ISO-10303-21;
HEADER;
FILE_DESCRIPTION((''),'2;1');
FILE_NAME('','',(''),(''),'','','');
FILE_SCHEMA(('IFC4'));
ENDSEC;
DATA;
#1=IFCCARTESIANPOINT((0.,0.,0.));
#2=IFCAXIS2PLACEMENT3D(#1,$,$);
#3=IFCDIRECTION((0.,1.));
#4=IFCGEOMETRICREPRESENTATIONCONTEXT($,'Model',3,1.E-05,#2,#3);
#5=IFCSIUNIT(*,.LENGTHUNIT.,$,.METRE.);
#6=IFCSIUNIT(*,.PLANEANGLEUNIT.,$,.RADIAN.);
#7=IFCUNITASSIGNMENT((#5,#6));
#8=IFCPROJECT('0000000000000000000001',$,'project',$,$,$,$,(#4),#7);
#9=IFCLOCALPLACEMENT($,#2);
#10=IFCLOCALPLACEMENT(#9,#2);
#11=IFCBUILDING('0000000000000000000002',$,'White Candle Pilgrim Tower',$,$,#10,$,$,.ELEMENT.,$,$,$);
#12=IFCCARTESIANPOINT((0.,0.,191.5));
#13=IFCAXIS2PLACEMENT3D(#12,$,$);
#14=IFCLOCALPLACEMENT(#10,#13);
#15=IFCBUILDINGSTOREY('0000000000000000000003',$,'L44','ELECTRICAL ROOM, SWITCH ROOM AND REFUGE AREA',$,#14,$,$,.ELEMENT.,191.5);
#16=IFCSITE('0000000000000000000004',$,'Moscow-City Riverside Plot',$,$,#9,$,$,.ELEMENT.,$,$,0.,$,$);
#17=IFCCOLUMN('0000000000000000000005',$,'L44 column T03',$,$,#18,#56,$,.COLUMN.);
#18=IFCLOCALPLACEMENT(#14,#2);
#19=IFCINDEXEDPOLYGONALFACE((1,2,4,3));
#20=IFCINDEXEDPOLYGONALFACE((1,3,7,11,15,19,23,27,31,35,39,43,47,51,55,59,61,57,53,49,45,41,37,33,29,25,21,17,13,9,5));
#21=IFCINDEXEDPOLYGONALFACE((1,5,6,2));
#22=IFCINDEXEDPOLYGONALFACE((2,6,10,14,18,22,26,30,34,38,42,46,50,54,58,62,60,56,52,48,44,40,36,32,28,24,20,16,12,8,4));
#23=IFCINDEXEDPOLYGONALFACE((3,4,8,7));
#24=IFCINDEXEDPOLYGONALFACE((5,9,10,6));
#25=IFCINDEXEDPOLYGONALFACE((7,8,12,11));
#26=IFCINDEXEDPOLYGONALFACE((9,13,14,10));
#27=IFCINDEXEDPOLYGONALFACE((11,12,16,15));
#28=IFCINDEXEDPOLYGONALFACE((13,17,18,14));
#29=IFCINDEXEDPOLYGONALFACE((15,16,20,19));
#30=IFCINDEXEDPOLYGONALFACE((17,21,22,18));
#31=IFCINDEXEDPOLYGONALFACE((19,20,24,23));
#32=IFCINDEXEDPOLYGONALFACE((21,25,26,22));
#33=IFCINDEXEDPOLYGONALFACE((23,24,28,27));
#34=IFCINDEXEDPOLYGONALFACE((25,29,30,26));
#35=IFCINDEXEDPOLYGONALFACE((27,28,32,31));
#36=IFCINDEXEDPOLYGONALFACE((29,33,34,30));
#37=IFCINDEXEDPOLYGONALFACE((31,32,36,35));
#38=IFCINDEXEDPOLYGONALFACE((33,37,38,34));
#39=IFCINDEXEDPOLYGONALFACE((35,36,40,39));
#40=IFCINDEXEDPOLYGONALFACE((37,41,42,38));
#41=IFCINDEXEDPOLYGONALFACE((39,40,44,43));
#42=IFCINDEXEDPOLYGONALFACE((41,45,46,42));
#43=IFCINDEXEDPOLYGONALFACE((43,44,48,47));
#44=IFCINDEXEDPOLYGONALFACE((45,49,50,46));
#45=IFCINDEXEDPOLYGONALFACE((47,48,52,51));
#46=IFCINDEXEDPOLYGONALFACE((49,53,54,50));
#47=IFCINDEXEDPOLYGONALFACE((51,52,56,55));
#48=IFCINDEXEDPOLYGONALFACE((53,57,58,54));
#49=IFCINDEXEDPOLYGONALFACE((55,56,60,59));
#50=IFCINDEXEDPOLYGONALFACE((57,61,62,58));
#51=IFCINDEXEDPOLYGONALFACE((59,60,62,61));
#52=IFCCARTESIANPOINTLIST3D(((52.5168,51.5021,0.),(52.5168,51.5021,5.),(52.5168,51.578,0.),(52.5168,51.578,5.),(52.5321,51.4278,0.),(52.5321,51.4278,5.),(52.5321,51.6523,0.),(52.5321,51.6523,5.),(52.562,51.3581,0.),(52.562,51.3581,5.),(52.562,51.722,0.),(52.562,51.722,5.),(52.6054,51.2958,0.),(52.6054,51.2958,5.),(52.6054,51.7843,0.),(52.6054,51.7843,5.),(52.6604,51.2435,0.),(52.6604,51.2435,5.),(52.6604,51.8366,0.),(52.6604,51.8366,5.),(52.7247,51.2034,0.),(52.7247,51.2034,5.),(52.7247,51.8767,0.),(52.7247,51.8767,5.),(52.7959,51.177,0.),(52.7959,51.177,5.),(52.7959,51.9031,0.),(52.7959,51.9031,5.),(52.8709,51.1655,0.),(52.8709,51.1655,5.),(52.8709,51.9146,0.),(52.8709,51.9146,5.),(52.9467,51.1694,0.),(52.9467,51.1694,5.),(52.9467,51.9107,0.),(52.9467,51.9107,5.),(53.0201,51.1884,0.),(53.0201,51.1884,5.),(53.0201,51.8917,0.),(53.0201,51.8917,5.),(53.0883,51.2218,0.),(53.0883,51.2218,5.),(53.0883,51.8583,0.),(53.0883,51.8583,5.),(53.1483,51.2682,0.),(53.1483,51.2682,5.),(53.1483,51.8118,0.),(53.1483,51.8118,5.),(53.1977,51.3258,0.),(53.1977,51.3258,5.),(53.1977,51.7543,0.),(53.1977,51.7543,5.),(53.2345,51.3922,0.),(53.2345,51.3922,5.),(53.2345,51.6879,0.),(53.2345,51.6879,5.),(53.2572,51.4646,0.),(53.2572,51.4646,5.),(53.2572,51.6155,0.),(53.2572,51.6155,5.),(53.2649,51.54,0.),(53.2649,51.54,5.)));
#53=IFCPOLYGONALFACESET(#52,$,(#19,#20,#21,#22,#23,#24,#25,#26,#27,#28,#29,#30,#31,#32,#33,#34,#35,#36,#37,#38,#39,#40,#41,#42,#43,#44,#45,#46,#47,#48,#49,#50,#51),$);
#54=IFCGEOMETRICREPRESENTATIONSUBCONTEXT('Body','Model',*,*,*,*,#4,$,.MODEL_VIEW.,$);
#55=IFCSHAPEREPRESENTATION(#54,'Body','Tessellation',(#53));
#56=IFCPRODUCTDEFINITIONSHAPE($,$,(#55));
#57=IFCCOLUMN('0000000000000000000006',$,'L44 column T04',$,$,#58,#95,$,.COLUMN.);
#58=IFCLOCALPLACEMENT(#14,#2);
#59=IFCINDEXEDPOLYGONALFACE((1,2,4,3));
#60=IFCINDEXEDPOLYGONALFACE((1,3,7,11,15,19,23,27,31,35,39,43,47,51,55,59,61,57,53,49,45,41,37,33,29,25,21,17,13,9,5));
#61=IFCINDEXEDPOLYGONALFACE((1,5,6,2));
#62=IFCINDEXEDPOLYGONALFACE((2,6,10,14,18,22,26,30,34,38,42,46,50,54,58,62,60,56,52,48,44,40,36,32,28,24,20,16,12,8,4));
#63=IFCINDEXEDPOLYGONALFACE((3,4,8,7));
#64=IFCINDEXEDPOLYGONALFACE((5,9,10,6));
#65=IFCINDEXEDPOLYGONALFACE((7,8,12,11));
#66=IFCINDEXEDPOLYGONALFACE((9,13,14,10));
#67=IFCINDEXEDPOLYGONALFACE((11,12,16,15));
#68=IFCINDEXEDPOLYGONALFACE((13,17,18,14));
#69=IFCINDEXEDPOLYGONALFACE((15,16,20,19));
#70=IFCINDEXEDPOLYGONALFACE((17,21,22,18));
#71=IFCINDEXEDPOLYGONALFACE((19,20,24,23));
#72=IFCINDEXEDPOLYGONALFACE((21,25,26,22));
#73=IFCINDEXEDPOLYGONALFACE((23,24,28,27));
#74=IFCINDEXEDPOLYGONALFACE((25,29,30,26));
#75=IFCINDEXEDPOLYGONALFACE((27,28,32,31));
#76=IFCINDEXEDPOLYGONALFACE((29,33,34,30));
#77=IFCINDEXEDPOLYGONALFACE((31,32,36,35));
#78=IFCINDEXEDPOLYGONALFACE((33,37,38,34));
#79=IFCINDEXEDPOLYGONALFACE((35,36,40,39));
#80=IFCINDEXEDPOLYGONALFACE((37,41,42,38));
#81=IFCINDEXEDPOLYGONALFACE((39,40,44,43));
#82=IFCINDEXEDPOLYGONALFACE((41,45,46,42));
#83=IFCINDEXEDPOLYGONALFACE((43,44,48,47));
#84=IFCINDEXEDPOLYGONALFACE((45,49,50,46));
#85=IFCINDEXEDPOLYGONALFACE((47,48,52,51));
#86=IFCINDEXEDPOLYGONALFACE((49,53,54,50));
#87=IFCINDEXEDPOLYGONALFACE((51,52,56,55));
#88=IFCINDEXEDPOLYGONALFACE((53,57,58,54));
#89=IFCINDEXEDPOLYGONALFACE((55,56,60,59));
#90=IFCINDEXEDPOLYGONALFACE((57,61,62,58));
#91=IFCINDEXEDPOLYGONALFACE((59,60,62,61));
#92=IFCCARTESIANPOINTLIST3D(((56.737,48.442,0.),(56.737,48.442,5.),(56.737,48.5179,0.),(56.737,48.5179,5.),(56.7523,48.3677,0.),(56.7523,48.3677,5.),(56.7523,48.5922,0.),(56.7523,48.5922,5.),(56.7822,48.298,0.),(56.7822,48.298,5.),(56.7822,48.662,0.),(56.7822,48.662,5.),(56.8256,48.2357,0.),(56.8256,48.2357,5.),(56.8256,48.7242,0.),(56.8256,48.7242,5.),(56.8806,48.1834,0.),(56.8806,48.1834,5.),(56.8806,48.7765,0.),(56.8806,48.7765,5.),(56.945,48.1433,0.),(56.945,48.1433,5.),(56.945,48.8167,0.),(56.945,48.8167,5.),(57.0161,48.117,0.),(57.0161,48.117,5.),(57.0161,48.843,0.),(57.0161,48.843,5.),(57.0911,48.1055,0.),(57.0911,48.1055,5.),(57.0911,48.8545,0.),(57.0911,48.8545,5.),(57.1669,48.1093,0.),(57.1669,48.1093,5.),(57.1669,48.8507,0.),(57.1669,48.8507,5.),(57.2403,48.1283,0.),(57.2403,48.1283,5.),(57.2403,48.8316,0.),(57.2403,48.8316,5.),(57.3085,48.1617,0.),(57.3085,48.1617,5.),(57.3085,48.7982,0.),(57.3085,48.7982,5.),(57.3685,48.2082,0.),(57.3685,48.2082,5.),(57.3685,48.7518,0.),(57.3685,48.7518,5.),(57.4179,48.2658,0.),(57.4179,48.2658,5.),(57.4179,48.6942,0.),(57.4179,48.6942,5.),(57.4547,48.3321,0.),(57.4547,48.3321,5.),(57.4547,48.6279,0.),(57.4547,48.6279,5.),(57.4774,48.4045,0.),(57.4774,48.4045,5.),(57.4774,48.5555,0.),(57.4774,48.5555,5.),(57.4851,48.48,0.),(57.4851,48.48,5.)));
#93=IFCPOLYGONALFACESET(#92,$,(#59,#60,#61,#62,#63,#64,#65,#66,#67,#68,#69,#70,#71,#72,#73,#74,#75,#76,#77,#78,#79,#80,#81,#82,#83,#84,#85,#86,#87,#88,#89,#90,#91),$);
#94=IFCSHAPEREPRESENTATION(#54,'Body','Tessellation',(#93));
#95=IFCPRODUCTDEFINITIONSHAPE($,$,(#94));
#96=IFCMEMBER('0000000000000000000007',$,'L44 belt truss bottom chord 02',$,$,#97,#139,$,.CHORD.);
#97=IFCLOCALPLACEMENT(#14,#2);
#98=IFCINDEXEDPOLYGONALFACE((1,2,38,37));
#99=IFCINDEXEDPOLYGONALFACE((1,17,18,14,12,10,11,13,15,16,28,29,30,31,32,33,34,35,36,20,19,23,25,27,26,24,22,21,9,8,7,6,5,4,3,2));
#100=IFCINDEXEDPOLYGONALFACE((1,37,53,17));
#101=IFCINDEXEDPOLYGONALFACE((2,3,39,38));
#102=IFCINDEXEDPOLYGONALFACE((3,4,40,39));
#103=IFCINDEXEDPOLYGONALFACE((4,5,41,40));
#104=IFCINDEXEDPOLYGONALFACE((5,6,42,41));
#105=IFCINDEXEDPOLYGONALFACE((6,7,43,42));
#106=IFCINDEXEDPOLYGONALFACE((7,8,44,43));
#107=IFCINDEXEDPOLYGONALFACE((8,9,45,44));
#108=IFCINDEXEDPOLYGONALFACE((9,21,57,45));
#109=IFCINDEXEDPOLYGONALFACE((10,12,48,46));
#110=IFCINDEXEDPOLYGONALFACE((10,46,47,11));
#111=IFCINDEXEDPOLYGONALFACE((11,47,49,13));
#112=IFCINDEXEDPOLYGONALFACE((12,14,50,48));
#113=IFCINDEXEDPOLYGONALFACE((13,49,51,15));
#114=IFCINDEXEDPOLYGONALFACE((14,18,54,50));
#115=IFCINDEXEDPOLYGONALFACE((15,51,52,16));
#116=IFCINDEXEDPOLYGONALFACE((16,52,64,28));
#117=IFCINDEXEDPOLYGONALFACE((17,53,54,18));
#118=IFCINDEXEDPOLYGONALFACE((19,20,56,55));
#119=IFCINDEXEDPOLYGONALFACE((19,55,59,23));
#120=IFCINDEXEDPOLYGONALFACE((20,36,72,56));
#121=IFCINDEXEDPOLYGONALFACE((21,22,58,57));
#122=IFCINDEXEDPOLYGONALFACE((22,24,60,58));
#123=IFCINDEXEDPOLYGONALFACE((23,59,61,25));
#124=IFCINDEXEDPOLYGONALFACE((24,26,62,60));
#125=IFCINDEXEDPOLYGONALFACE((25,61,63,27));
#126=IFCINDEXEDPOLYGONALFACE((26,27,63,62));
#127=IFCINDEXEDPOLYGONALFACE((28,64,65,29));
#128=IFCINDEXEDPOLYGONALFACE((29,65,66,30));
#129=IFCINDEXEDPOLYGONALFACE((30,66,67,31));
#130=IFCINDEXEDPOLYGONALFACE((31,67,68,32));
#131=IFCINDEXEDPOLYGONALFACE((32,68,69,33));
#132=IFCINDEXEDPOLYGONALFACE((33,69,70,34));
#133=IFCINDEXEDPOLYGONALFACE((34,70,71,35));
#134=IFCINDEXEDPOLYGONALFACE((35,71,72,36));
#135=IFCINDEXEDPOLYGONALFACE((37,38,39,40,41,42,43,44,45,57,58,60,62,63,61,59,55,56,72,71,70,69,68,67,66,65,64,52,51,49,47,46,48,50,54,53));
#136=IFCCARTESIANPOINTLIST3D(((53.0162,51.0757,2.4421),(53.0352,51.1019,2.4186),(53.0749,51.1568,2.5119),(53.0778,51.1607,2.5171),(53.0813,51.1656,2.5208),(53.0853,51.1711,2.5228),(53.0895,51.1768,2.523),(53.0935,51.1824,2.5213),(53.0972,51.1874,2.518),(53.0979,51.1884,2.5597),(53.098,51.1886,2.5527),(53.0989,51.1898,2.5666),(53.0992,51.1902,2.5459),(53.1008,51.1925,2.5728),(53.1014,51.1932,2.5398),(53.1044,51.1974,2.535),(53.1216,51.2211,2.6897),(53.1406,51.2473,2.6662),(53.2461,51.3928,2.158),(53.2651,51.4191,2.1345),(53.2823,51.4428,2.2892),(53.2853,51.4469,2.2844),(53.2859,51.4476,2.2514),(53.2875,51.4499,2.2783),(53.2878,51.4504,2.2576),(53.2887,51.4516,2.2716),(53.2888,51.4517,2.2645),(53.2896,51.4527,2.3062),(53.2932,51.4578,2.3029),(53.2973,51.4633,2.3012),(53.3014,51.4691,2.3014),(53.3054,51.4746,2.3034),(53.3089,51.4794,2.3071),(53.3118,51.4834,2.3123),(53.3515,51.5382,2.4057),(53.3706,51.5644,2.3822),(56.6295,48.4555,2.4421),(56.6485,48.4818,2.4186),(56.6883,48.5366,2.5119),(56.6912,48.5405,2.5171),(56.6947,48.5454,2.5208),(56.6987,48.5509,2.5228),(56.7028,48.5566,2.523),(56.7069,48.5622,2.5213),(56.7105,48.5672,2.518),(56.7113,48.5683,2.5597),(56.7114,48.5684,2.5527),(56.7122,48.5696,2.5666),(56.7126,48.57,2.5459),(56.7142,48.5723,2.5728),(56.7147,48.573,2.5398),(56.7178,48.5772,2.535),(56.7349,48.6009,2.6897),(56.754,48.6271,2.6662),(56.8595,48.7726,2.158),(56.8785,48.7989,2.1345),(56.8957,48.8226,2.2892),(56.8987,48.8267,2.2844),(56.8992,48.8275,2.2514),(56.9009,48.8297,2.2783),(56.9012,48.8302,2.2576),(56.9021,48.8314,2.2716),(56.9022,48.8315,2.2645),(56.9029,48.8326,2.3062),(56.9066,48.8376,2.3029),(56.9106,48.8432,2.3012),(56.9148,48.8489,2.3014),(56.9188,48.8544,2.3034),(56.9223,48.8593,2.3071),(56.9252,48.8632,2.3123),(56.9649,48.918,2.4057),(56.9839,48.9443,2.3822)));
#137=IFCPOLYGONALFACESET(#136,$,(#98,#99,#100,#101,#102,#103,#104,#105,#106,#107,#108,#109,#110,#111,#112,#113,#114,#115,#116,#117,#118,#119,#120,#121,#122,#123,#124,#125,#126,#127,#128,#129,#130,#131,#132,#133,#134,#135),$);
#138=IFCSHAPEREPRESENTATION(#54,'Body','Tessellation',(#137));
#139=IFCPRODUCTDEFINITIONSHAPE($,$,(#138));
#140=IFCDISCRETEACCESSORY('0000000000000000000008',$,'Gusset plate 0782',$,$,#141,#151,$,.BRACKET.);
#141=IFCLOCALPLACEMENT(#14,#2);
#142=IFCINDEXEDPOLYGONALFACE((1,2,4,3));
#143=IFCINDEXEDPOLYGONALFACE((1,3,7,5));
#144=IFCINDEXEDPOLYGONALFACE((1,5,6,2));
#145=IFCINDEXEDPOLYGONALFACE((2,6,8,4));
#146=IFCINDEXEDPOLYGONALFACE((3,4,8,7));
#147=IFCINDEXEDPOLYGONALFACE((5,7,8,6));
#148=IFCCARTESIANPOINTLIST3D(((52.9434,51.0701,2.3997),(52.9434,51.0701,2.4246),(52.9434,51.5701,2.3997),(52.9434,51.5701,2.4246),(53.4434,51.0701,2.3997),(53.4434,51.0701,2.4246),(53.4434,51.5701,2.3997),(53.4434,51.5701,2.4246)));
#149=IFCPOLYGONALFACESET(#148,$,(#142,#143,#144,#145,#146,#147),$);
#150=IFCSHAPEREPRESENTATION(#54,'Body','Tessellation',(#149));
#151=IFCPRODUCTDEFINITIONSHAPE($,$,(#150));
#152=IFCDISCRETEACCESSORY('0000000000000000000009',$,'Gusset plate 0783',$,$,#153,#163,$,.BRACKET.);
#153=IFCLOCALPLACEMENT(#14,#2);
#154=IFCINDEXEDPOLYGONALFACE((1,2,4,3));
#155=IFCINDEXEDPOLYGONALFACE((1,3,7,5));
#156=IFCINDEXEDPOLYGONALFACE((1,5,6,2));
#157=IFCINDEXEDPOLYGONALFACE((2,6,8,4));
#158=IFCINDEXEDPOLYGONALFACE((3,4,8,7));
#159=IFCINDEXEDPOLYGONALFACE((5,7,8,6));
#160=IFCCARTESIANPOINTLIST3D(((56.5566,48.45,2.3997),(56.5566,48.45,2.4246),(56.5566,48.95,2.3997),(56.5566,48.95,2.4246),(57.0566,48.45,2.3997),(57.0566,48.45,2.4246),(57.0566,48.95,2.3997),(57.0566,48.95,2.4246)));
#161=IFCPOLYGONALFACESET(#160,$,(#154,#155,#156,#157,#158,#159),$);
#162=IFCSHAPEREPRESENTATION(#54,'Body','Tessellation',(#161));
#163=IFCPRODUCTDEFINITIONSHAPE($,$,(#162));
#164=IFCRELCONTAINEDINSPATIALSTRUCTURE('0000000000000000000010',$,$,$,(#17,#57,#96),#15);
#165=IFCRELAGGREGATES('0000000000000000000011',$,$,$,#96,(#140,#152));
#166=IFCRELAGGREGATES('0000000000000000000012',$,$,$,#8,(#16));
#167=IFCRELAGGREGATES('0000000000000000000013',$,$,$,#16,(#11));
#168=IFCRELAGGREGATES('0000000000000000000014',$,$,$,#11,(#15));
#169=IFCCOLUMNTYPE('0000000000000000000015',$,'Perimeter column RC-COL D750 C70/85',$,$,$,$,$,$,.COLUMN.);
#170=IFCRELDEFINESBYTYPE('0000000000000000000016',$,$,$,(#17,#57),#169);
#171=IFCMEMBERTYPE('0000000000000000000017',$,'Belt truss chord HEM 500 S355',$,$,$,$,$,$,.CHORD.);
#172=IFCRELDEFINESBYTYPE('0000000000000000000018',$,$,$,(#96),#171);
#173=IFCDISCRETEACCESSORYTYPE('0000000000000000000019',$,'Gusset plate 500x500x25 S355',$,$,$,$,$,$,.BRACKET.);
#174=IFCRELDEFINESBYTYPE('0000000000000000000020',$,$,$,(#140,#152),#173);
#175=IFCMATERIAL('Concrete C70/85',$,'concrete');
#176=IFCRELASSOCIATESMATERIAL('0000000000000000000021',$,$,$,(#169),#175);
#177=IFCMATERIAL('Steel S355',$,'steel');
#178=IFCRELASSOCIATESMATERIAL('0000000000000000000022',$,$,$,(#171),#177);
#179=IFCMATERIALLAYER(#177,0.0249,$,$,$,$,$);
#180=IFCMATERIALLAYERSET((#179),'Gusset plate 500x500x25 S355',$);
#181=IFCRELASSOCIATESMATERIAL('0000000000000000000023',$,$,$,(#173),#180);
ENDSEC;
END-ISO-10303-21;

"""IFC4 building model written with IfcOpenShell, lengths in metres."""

from ifc_helpers import new_model, si_unit, direction, frame, origin, origin_2d, place, context, subcontext, project, spatial, rectangle, circle, i_section, extrude, material, layer, layer_set, material_profile, profile_set, type_object, element, aggregate, save


model = new_model("IFC4")

# Units and contexts
model_context = context("Model", 3, precision=1e-05, world=origin(), true_north=direction((0.0, 1.0)))
body_context = subcontext(model_context, "Body", "Model", "MODEL_VIEW")
ifc_project = project(units=[si_unit("LENGTHUNIT", "METRE"), si_unit("PLANEANGLEUNIT", "RADIAN")], contexts=[model_context])

# Site, building, storey
site_placement = place(None, origin())
site = spatial("IfcSite", under=ifc_project, at=site_placement, Name="Moscow-City Riverside Plot", CompositionType="ELEMENT", RefElevation=0.0)
building_placement = place(site_placement, origin())
building = spatial("IfcBuilding", under=site, at=building_placement, Name="White Candle Pilgrim Tower", CompositionType="ELEMENT")
storey_placement = place(building_placement, frame((0.0, 0.0, 191.5)))
storey = spatial("IfcBuildingStorey", under=building, at=storey_placement, Name="L44", Description="ELECTRICAL ROOM, SWITCH ROOM AND REFUGE AREA", CompositionType="ELEMENT", Elevation=191.5)

# Columns
ifc_material_1 = material(Name="Concrete C70/85", Category="concrete")
ifc_material_profile_1 = material_profile(ifc_material_1, circle(Radius=0.375, at=origin_2d()), Name="RC-COL D750")
ifc_profile_set_1 = profile_set([ifc_material_profile_1], Name="Concrete C70/85")
column_type = type_object("IfcColumnType", Name="Perimeter column RC-COL D750 C70/85", PredefinedType="COLUMN", material=ifc_profile_set_1)
for number, where, z_axis, x_axis, name in (
    (1, (52.8899, 51.54, 0.0), (0.0, 0.0, 1.0), (1.0, 0.0, 0.0), "L44 column T03"),
    (2, (57.1101, 48.48, 0.0), (0.0, 0.0, 1.0), (1.0, 0.0, 0.0), "L44 column T04"),
):
    element("IfcColumn", number, at=place(storey_placement, frame(where, z_axis=z_axis, x_axis=x_axis)), inside=storey, type_object=column_type, Name=name, PredefinedType="COLUMN", context=body_context, shape_type="SweptSolid", body=[
        extrude(circle(Radius=0.375, at=origin_2d()), origin(), (0.0, 0.0, 1.0), 5.0),
    ])

# Member
ifc_material_2 = material(Name="Steel S355", Category="steel")
ifc_material_profile_2 = material_profile(ifc_material_2, i_section(OverallWidth=0.3059, OverallDepth=0.5239, WebThickness=0.021, FlangeThickness=0.04, FilletRadius=0.0271, at=origin_2d()), Name="HEM 500")
ifc_profile_set_2 = profile_set([ifc_material_profile_2], Name="Steel S355")
member_type_1 = type_object("IfcMemberType", Name="Belt truss chord HEM 500 S355", PredefinedType="CHORD", material=ifc_profile_set_2)
member_1_placement = place(storey_placement, frame((53.1934, 51.3201, 2.4121), z_axis=(0.809558, -0.587039, 0.0), x_axis=(0.34461, 0.475236, 0.809565)))
member_1 = element("IfcMember", 3, at=member_1_placement, inside=storey, type_object=member_type_1, Name="L44 belt truss bottom chord 02", PredefinedType="CHORD", context=body_context, shape_type="SweptSolid", body=[
    extrude(i_section(OverallWidth=0.3059, OverallDepth=0.5239, WebThickness=0.021, FlangeThickness=0.04, FilletRadius=0.0271, at=origin_2d()), origin(), (0.0, 0.0, 1.0), 4.4634),
])

# Discrete accessories
ifc_layer_1 = layer(ifc_material_2, 0.0249)
ifc_layer_set_1 = layer_set([ifc_layer_1], Name="Gusset plate 500x500x25 S355")
discrete_accessory_type_1 = type_object("IfcDiscreteAccessoryType", Name="Gusset plate 500x500x25 S355", PredefinedType="BRACKET", material=ifc_layer_set_1)
discrete_accessory_1_placement = place(storey_placement, frame((53.1934, 51.3201, 2.3997), z_axis=(0.0, 0.0, 1.0), x_axis=(1.0, 0.0, 0.0)))
discrete_accessory_1 = element("IfcDiscreteAccessory", 4, at=discrete_accessory_1_placement, type_object=discrete_accessory_type_1, Name="Gusset plate 0782", PredefinedType="BRACKET", context=body_context, shape_type="SweptSolid", body=[
    extrude(rectangle(XDim=0.5, YDim=0.5, at=origin_2d()), origin(), (0.0, 0.0, 1.0), 0.0249),
])
discrete_accessory_2_placement = place(storey_placement, frame((56.8066, 48.7, 2.3997), z_axis=(0.0, 0.0, 1.0), x_axis=(1.0, 0.0, 0.0)))
discrete_accessory_2 = element("IfcDiscreteAccessory", 5, at=discrete_accessory_2_placement, type_object=discrete_accessory_type_1, Name="Gusset plate 0783", PredefinedType="BRACKET", context=body_context, shape_type="SweptSolid", body=[
    extrude(rectangle(XDim=0.5, YDim=0.5, at=origin_2d()), origin(), (0.0, 0.0, 1.0), 0.0249),
])
aggregate(member_1, [discrete_accessory_1, discrete_accessory_2])

save(model, "model.ifc")
